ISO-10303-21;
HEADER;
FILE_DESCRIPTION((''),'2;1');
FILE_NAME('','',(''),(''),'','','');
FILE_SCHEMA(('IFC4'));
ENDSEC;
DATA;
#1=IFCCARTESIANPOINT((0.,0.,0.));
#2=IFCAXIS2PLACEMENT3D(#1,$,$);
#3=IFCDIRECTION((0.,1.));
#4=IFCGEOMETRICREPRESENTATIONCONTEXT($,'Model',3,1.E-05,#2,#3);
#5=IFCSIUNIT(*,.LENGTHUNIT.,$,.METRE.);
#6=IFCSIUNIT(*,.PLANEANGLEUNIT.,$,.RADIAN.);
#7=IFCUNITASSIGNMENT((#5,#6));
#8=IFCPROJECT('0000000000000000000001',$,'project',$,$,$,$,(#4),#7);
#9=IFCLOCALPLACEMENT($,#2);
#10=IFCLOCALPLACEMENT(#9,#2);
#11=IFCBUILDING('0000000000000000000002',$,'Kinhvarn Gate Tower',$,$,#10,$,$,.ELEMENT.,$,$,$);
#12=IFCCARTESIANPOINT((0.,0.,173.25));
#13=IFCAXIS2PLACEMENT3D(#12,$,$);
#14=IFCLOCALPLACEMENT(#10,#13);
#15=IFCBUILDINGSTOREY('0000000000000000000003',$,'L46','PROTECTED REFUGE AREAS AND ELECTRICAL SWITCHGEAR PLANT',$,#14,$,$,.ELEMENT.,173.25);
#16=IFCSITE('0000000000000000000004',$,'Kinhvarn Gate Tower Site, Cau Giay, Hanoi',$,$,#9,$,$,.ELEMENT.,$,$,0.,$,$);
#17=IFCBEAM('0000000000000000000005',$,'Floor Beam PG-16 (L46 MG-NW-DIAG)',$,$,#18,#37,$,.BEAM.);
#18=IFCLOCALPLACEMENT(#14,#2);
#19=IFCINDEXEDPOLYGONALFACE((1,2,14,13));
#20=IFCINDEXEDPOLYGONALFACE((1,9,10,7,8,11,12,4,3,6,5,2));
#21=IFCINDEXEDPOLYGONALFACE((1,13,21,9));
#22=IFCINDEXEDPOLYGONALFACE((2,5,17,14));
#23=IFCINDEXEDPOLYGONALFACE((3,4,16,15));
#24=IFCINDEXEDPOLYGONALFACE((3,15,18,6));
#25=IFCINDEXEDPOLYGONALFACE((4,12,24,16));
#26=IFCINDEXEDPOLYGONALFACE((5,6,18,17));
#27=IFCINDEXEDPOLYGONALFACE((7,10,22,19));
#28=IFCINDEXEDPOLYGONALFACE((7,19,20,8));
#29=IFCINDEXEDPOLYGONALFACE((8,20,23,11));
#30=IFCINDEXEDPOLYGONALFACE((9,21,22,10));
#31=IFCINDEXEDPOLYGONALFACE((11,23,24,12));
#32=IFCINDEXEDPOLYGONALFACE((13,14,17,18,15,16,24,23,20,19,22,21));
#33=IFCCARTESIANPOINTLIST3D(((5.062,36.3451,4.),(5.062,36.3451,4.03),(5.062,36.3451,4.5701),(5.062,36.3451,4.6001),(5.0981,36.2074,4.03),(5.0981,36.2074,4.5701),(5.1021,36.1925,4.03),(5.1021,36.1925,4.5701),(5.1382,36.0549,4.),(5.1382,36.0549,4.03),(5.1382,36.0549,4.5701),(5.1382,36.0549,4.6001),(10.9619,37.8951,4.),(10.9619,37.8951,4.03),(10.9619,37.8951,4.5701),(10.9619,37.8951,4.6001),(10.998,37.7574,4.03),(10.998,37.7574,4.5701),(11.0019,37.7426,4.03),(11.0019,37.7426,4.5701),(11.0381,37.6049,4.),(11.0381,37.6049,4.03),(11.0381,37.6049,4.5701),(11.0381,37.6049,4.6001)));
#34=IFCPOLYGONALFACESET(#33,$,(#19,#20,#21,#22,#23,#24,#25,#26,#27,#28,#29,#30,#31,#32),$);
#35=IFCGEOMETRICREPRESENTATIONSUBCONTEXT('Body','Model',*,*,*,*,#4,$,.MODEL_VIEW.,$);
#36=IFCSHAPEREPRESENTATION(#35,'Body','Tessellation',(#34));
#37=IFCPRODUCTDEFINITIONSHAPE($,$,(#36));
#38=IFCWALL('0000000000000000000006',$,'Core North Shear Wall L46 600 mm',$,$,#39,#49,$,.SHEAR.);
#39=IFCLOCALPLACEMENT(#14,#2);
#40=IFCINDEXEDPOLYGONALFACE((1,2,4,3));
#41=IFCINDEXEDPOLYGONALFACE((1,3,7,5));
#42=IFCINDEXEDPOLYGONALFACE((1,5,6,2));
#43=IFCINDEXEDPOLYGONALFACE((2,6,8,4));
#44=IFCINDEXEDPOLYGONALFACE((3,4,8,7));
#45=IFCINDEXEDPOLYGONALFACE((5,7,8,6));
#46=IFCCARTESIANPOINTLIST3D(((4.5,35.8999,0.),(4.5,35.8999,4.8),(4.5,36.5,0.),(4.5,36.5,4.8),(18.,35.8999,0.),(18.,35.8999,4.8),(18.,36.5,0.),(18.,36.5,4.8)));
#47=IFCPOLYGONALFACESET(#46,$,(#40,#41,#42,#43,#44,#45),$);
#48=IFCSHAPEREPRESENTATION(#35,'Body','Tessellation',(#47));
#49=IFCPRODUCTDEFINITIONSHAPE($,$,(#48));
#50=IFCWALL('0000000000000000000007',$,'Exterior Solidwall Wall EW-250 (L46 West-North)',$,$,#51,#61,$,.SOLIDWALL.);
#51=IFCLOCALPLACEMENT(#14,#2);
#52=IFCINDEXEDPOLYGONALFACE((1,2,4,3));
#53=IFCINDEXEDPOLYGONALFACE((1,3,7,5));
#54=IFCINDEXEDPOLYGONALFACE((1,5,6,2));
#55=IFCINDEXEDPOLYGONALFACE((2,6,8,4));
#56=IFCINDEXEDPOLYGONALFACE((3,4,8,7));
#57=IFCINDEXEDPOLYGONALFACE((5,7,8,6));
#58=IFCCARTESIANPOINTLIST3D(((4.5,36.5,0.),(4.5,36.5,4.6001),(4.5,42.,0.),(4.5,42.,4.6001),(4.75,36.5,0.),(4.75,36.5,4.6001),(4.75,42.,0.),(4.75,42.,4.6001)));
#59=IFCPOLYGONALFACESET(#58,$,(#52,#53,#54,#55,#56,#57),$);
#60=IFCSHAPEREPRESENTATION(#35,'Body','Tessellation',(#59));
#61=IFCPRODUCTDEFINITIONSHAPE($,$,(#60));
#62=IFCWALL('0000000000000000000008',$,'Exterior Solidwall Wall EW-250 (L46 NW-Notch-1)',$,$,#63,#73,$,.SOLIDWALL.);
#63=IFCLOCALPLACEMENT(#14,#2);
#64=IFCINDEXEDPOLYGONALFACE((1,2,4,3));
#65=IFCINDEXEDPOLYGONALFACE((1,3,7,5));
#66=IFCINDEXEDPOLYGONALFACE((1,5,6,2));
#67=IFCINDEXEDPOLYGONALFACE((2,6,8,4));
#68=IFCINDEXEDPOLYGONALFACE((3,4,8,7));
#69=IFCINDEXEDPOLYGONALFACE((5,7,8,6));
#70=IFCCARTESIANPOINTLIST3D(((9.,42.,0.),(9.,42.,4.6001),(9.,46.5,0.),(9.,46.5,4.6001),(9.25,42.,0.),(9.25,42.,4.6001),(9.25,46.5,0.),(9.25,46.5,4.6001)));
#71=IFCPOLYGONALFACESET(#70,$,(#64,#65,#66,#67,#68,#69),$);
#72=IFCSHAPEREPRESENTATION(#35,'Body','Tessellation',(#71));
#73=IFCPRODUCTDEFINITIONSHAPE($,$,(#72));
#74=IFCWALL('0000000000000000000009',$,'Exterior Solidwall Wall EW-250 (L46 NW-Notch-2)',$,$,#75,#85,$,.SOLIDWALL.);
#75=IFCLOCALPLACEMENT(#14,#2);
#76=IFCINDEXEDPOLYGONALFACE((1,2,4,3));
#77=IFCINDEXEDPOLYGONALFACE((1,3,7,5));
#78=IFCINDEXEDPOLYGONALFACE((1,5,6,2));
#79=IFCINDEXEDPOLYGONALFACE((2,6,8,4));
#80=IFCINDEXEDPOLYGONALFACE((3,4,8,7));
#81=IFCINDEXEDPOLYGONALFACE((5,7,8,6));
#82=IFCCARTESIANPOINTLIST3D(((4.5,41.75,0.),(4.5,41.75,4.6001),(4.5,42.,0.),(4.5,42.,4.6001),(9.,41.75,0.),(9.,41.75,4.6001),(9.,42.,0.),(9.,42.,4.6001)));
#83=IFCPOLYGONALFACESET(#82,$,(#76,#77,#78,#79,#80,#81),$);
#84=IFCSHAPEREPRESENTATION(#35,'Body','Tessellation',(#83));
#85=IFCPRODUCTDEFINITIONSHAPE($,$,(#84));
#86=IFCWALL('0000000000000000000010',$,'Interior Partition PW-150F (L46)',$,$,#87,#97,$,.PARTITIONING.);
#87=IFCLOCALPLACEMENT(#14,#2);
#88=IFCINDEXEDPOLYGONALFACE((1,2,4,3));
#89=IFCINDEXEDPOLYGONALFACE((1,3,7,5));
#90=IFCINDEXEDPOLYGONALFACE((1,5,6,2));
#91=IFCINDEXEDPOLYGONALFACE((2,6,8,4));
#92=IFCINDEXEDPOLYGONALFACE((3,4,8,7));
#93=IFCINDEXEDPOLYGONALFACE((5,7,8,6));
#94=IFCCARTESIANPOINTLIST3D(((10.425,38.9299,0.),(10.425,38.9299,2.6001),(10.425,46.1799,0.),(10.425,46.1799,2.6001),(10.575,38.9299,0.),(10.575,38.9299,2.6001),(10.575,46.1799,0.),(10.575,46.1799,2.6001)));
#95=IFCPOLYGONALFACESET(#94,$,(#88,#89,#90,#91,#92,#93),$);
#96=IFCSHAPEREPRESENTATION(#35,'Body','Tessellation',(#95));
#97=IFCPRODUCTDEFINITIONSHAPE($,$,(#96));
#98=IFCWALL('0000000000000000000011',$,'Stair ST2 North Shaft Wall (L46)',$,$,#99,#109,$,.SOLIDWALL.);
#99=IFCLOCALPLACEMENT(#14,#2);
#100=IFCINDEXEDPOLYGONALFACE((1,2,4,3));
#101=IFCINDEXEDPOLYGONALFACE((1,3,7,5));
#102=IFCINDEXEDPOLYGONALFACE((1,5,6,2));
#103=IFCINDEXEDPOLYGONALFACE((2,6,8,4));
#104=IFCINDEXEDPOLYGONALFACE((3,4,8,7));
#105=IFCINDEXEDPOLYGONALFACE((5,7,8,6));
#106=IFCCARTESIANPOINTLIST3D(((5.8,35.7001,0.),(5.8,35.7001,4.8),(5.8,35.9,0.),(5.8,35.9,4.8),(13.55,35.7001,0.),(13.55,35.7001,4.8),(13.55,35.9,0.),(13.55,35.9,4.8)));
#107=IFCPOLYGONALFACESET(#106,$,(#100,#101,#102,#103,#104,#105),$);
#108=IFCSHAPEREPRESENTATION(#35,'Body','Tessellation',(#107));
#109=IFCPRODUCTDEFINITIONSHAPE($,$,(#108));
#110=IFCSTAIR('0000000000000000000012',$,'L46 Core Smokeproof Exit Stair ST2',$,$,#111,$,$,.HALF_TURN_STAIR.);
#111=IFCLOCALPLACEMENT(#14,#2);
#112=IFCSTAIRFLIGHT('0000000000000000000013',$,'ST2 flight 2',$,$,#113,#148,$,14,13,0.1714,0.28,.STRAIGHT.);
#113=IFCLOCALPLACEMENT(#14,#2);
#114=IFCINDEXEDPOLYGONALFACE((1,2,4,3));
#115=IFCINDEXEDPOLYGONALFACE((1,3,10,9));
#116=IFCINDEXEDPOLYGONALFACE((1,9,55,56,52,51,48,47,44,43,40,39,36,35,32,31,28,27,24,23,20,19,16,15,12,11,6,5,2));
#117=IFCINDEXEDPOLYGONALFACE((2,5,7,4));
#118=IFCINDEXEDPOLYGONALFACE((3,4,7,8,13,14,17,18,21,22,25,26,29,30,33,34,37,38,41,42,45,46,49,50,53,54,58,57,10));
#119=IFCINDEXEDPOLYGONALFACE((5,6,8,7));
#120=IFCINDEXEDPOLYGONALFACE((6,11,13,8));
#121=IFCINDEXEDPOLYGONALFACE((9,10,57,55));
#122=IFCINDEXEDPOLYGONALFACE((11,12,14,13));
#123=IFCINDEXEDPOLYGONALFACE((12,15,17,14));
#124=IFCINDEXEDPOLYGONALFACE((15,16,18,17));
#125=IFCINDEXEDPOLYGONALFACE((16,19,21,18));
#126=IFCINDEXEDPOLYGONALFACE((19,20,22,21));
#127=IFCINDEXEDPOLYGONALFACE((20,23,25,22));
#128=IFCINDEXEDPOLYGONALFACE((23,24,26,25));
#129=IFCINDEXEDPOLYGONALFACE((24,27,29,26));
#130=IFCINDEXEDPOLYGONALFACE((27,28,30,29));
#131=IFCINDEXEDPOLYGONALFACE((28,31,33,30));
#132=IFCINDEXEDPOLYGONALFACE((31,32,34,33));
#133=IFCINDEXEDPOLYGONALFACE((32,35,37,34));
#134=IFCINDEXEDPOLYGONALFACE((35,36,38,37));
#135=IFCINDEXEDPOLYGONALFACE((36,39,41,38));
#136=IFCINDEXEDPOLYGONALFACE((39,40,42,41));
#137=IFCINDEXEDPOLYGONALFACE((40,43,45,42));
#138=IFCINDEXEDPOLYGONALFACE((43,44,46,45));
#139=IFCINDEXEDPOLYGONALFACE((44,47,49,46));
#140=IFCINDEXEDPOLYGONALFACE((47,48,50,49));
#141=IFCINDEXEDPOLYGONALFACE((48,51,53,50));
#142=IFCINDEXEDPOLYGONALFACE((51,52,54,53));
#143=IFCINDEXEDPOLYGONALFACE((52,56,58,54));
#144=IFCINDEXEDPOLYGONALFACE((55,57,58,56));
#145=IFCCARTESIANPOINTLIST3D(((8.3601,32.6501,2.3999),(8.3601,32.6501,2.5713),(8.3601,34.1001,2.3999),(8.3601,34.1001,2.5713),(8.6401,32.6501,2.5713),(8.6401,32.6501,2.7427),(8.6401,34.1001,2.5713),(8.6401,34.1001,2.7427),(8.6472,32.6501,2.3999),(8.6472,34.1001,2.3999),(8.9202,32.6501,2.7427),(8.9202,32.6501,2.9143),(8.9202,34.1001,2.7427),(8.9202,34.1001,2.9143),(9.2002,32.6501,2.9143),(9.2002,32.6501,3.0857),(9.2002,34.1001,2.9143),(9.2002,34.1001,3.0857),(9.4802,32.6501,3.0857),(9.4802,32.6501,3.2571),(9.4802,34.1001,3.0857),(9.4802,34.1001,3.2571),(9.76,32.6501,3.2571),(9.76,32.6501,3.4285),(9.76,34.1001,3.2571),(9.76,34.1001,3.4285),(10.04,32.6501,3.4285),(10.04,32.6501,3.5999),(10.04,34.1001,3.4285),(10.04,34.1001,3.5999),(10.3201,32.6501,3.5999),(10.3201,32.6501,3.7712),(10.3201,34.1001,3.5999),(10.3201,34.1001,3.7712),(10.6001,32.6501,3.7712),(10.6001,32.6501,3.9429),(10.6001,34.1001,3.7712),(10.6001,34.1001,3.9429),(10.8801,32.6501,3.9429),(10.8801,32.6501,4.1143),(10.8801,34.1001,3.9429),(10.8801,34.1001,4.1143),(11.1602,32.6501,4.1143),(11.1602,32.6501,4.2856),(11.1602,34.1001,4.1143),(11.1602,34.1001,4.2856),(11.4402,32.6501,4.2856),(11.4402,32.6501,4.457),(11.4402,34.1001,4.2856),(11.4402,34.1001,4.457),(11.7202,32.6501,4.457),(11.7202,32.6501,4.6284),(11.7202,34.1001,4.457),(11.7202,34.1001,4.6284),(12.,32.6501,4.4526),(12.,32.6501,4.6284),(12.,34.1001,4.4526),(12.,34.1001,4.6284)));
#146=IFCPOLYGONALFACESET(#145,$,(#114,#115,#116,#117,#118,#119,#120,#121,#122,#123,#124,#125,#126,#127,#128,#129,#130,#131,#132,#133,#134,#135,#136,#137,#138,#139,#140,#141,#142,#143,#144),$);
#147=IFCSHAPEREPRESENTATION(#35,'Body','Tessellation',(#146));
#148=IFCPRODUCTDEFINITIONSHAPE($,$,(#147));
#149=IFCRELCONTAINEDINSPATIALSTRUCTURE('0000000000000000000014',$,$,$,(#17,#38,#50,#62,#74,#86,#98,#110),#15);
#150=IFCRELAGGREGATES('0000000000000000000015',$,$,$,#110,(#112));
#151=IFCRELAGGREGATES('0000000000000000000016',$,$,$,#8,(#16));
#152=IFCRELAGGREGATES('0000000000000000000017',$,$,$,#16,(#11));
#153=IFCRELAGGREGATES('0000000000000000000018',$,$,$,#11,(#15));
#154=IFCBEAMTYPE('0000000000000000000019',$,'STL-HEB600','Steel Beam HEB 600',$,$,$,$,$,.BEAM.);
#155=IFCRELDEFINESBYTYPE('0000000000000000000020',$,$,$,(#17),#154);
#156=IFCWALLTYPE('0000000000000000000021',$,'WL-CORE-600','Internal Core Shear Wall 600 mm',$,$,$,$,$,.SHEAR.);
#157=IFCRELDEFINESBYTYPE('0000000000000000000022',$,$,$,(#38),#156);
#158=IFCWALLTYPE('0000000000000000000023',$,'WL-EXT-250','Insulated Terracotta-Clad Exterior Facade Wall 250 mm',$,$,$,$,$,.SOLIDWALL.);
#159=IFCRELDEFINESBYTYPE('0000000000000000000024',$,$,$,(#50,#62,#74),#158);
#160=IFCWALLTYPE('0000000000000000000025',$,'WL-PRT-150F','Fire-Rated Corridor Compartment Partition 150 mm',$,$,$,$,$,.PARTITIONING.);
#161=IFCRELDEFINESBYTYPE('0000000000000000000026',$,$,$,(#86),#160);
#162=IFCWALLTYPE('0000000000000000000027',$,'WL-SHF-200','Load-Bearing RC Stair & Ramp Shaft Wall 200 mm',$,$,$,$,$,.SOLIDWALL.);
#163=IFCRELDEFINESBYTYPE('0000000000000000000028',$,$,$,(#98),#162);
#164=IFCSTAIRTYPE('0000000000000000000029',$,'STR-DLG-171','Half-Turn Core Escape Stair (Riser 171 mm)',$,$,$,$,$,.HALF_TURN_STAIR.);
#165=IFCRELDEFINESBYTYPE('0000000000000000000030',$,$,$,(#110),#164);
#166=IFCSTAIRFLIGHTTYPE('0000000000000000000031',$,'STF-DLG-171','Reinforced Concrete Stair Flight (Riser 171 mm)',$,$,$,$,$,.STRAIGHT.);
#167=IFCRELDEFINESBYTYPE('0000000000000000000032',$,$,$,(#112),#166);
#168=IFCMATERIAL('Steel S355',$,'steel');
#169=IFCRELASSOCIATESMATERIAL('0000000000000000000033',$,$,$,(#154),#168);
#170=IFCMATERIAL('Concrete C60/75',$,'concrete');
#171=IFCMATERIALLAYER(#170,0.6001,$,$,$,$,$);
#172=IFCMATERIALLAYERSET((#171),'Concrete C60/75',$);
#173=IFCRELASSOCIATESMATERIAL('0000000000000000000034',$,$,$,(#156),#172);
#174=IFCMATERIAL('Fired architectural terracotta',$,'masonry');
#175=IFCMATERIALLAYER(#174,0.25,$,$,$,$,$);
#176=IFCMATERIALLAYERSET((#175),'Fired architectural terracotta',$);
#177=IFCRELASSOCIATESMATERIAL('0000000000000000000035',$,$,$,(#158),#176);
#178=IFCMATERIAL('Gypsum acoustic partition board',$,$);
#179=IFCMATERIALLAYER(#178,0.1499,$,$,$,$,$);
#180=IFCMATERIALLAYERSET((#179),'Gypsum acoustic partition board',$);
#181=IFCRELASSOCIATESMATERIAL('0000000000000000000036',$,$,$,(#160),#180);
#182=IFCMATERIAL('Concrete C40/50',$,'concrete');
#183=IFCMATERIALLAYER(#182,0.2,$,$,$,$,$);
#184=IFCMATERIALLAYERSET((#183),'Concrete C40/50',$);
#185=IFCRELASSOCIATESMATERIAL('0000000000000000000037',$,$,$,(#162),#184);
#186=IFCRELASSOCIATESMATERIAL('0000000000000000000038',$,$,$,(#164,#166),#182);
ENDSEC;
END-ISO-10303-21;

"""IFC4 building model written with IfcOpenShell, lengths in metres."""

from ifc_helpers import new_model, si_unit, direction, frame, frame_2d, origin, origin_2d, place, context, subcontext, project, spatial, polyline, rectangle, i_section, outline, extrude, material, layer, layer_set, material_profile, profile_set, type_object, element, aggregate, save


model = new_model("IFC4")

# Units and contexts
model_context = context("Model", 3, precision=1e-05, world=origin(), true_north=direction((0.0, 1.0)))
body_context = subcontext(model_context, "Body", "Model", "MODEL_VIEW")
ifc_project = project(units=[si_unit("LENGTHUNIT", "METRE"), si_unit("PLANEANGLEUNIT", "RADIAN")], contexts=[model_context])

# Site, building, storey
site_placement = place(None, origin())
site = spatial("IfcSite", under=ifc_project, at=site_placement, Name="Kinhvarn Gate Tower Site, Cau Giay, Hanoi", CompositionType="ELEMENT", RefElevation=0.0)
building_placement = place(site_placement, origin())
building = spatial("IfcBuilding", under=site, at=building_placement, Name="Kinhvarn Gate Tower", CompositionType="ELEMENT")
storey_placement = place(building_placement, frame((0.0, 0.0, 173.25)))
storey = spatial("IfcBuildingStorey", under=building, at=storey_placement, Name="L46", Description="PROTECTED REFUGE AREAS AND ELECTRICAL SWITCHGEAR PLANT", CompositionType="ELEMENT", Elevation=173.25)

# Shared definitions
ifc_material_1 = material(Name="Concrete C60/75", Category="concrete")

# Shared definitions
ifc_material_2 = material(Name="Steel S355", Category="steel")

# Beam
ifc_material_profile_1 = material_profile(ifc_material_2, i_section(OverallWidth=0.3, OverallDepth=0.6001, WebThickness=0.0154, FlangeThickness=0.03, at=origin_2d()), Name="HEB 600")
ifc_profile_set_1 = profile_set([ifc_material_profile_1], Name="Steel S355")
beam_type_1 = type_object("IfcBeamType", Name="STL-HEB600", Description="Steel Beam HEB 600", PredefinedType="BEAM", material=ifc_profile_set_1)
beam_1_placement = place(storey_placement, frame((5.1001, 36.2, 4.3), z_axis=(0.967178, 0.254101, 0.0), x_axis=(-0.254101, 0.967178, 0.0)))
element("IfcBeam", 1, at=beam_1_placement, inside=storey, type_object=beam_type_1, Name="Floor Beam PG-16 (L46 MG-NW-DIAG)", PredefinedType="BEAM", context=body_context, shape_type="SweptSolid", body=[
    extrude(i_section(OverallWidth=0.3, OverallDepth=0.6001, WebThickness=0.0154, FlangeThickness=0.03, at=origin_2d()), origin(), (0.0, 0.0, 1.0), 6.1001),
])

# Walls
ifc_layer_1 = layer(ifc_material_1, 0.6001)
ifc_layer_set_1 = layer_set([ifc_layer_1], Name="Concrete C60/75")
wall_type_1 = type_object("IfcWallType", Name="WL-CORE-600", Description="Internal Core Shear Wall 600 mm", PredefinedType="SHEAR", material=ifc_layer_set_1)
wall_1_placement = place(storey_placement, frame((4.5, 36.2, 0.0), z_axis=(0.0, 0.0, 1.0), x_axis=(1.0, 0.0, 0.0)))
element("IfcWall", 2, at=wall_1_placement, inside=storey, type_object=wall_type_1, Name="Core North Shear Wall L46 600 mm", PredefinedType="SHEAR", context=body_context, shape_type="SweptSolid", body=[
    extrude(rectangle(XDim=13.5, YDim=0.6001, at=frame_2d((6.75, 0.0))), origin(), (0.0, 0.0, 1.0), 4.8),
])
ifc_material_3 = material(Name="Fired architectural terracotta", Category="masonry")
ifc_layer_2 = layer(ifc_material_3, 0.25)
ifc_layer_set_2 = layer_set([ifc_layer_2], Name="Fired architectural terracotta")
wall_type_2 = type_object("IfcWallType", Name="WL-EXT-250", Description="Insulated Terracotta-Clad Exterior Facade Wall 250 mm", PredefinedType="SOLIDWALL", material=ifc_layer_set_2)
wall_2_placement = place(storey_placement, frame((4.625, 42.0, 0.0), z_axis=(0.0, 0.0, 1.0), x_axis=(0.0, -1.0, 0.0)))
element("IfcWall", 3, at=wall_2_placement, inside=storey, type_object=wall_type_2, Name="Exterior Solidwall Wall EW-250 (L46 West-North)", PredefinedType="SOLIDWALL", context=body_context, shape_type="SweptSolid", body=[
    extrude(rectangle(XDim=5.5, YDim=0.25, at=frame_2d((2.75, 0.0))), origin(), (0.0, 0.0, 1.0), 4.6001),
])
for number, where, z_axis, x_axis, name in (
    (4, (9.125, 46.5, 0.0), (0.0, 0.0, 1.0), (0.0, -1.0, 0.0), "Exterior Solidwall Wall EW-250 (L46 NW-Notch-1)"),
    (5, (9.0, 41.875, 0.0), (0.0, 0.0, 1.0), (-1.0, 0.0, 0.0), "Exterior Solidwall Wall EW-250 (L46 NW-Notch-2)"),
):
    element("IfcWall", number, at=place(storey_placement, frame(where, z_axis=z_axis, x_axis=x_axis)), inside=storey, type_object=wall_type_2, Name=name, PredefinedType="SOLIDWALL", context=body_context, shape_type="SweptSolid", body=[
        extrude(rectangle(XDim=4.5, YDim=0.25, at=frame_2d((2.25, 0.0))), origin(), (0.0, 0.0, 1.0), 4.6001),
    ])
ifc_material_4 = material(Name="Gypsum acoustic partition board")
ifc_layer_3 = layer(ifc_material_4, 0.1499)
ifc_layer_set_3 = layer_set([ifc_layer_3], Name="Gypsum acoustic partition board")
wall_type_3 = type_object("IfcWallType", Name="WL-PRT-150F", Description="Fire-Rated Corridor Compartment Partition 150 mm", PredefinedType="PARTITIONING", material=ifc_layer_set_3)
wall_3_placement = place(storey_placement, frame((10.5, 38.9299, 0.0), z_axis=(0.0, 0.0, 1.0), x_axis=(0.0, 1.0, 0.0)))
element("IfcWall", 6, at=wall_3_placement, inside=storey, type_object=wall_type_3, Name="Interior Partition PW-150F (L46)", PredefinedType="PARTITIONING", context=body_context, shape_type="SweptSolid", body=[
    extrude(rectangle(XDim=7.25, YDim=0.1499, at=frame_2d((3.625, 0.0))), origin(), (0.0, 0.0, 1.0), 2.6001),
])
ifc_material_5 = material(Name="Concrete C40/50", Category="concrete")
ifc_layer_4 = layer(ifc_material_5, 0.2)
ifc_layer_set_4 = layer_set([ifc_layer_4], Name="Concrete C40/50")
wall_type_4 = type_object("IfcWallType", Name="WL-SHF-200", Description="Load-Bearing RC Stair & Ramp Shaft Wall 200 mm", PredefinedType="SOLIDWALL", material=ifc_layer_set_4)
wall_4_placement = place(storey_placement, frame((5.8, 35.8, 0.0), z_axis=(0.0, 0.0, 1.0), x_axis=(1.0, 0.0, 0.0)))
element("IfcWall", 7, at=wall_4_placement, inside=storey, type_object=wall_type_4, Name="Stair ST2 North Shaft Wall (L46)", PredefinedType="SOLIDWALL", context=body_context, shape_type="SweptSolid", body=[
    extrude(rectangle(XDim=7.75, YDim=0.2, at=frame_2d((3.875, 0.0))), origin(), (0.0, 0.0, 1.0), 4.8),
])

# Stair, stair flight
stair_type = type_object("IfcStairType", Name="STR-DLG-171", Description="Half-Turn Core Escape Stair (Riser 171 mm)", PredefinedType="HALF_TURN_STAIR", material=ifc_material_5)
stair_placement = place(storey_placement, origin())
stair = element("IfcStair", 8, at=stair_placement, inside=storey, type_object=stair_type, Name="L46 Core Smokeproof Exit Stair ST2", PredefinedType="HALF_TURN_STAIR")
stair_flight_type = type_object("IfcStairFlightType", Name="STF-DLG-171", Description="Reinforced Concrete Stair Flight (Riser 171 mm)", PredefinedType="STRAIGHT", material=ifc_material_5)
stair_flight_placement = place(storey_placement, frame((8.3601, 33.375, 2.3999), z_axis=(0.0, 0.0, 1.0), x_axis=(1.0, 0.0, 0.0)))
stair_flight = element("IfcStairFlight", 9, at=stair_flight_placement, type_object=stair_flight_type, Name="ST2 flight 2", NumberOfRisers=14, NumberOfTreads=13, PredefinedType="STRAIGHT", RiserHeight=0.1714, TreadLength=0.28, context=body_context, shape_type="SweptSolid", body=[
    extrude(outline(polyline([(0.0, 0.0), (0.0, 0.1714), (0.28, 0.1714), (0.28, 0.3428), (0.5601, 0.3428), (0.5601, 0.5144), (0.8401, 0.5144), (0.8401, 0.6858), (1.1201, 0.6858), (1.1201, 0.8572), (1.3999, 0.8572), (1.3999, 1.0286), (1.6799, 1.0286), (1.6799, 1.2), (1.96, 1.2), (1.96, 1.3713), (2.24, 1.3713), (2.24, 1.543), (2.52, 1.543), (2.52, 1.7144), (2.8, 1.7144), (2.8, 1.8857), (3.0801, 1.8857), (3.0801, 2.0571), (3.3601, 2.0571), (3.3601, 2.2285), (3.6399, 2.2285), (3.6399, 2.3999), (3.6399, 2.0527), (0.2871, 0.0), (0.0, 0.0)])), frame((0.0, 0.7251, 0.0), z_axis=(0.0, -1.0, 0.0), x_axis=(1.0, 0.0, 0.0)), (0.0, 0.0, 1.0), 1.45),
])
aggregate(stair, [stair_flight])

save(model, "model.ifc")
